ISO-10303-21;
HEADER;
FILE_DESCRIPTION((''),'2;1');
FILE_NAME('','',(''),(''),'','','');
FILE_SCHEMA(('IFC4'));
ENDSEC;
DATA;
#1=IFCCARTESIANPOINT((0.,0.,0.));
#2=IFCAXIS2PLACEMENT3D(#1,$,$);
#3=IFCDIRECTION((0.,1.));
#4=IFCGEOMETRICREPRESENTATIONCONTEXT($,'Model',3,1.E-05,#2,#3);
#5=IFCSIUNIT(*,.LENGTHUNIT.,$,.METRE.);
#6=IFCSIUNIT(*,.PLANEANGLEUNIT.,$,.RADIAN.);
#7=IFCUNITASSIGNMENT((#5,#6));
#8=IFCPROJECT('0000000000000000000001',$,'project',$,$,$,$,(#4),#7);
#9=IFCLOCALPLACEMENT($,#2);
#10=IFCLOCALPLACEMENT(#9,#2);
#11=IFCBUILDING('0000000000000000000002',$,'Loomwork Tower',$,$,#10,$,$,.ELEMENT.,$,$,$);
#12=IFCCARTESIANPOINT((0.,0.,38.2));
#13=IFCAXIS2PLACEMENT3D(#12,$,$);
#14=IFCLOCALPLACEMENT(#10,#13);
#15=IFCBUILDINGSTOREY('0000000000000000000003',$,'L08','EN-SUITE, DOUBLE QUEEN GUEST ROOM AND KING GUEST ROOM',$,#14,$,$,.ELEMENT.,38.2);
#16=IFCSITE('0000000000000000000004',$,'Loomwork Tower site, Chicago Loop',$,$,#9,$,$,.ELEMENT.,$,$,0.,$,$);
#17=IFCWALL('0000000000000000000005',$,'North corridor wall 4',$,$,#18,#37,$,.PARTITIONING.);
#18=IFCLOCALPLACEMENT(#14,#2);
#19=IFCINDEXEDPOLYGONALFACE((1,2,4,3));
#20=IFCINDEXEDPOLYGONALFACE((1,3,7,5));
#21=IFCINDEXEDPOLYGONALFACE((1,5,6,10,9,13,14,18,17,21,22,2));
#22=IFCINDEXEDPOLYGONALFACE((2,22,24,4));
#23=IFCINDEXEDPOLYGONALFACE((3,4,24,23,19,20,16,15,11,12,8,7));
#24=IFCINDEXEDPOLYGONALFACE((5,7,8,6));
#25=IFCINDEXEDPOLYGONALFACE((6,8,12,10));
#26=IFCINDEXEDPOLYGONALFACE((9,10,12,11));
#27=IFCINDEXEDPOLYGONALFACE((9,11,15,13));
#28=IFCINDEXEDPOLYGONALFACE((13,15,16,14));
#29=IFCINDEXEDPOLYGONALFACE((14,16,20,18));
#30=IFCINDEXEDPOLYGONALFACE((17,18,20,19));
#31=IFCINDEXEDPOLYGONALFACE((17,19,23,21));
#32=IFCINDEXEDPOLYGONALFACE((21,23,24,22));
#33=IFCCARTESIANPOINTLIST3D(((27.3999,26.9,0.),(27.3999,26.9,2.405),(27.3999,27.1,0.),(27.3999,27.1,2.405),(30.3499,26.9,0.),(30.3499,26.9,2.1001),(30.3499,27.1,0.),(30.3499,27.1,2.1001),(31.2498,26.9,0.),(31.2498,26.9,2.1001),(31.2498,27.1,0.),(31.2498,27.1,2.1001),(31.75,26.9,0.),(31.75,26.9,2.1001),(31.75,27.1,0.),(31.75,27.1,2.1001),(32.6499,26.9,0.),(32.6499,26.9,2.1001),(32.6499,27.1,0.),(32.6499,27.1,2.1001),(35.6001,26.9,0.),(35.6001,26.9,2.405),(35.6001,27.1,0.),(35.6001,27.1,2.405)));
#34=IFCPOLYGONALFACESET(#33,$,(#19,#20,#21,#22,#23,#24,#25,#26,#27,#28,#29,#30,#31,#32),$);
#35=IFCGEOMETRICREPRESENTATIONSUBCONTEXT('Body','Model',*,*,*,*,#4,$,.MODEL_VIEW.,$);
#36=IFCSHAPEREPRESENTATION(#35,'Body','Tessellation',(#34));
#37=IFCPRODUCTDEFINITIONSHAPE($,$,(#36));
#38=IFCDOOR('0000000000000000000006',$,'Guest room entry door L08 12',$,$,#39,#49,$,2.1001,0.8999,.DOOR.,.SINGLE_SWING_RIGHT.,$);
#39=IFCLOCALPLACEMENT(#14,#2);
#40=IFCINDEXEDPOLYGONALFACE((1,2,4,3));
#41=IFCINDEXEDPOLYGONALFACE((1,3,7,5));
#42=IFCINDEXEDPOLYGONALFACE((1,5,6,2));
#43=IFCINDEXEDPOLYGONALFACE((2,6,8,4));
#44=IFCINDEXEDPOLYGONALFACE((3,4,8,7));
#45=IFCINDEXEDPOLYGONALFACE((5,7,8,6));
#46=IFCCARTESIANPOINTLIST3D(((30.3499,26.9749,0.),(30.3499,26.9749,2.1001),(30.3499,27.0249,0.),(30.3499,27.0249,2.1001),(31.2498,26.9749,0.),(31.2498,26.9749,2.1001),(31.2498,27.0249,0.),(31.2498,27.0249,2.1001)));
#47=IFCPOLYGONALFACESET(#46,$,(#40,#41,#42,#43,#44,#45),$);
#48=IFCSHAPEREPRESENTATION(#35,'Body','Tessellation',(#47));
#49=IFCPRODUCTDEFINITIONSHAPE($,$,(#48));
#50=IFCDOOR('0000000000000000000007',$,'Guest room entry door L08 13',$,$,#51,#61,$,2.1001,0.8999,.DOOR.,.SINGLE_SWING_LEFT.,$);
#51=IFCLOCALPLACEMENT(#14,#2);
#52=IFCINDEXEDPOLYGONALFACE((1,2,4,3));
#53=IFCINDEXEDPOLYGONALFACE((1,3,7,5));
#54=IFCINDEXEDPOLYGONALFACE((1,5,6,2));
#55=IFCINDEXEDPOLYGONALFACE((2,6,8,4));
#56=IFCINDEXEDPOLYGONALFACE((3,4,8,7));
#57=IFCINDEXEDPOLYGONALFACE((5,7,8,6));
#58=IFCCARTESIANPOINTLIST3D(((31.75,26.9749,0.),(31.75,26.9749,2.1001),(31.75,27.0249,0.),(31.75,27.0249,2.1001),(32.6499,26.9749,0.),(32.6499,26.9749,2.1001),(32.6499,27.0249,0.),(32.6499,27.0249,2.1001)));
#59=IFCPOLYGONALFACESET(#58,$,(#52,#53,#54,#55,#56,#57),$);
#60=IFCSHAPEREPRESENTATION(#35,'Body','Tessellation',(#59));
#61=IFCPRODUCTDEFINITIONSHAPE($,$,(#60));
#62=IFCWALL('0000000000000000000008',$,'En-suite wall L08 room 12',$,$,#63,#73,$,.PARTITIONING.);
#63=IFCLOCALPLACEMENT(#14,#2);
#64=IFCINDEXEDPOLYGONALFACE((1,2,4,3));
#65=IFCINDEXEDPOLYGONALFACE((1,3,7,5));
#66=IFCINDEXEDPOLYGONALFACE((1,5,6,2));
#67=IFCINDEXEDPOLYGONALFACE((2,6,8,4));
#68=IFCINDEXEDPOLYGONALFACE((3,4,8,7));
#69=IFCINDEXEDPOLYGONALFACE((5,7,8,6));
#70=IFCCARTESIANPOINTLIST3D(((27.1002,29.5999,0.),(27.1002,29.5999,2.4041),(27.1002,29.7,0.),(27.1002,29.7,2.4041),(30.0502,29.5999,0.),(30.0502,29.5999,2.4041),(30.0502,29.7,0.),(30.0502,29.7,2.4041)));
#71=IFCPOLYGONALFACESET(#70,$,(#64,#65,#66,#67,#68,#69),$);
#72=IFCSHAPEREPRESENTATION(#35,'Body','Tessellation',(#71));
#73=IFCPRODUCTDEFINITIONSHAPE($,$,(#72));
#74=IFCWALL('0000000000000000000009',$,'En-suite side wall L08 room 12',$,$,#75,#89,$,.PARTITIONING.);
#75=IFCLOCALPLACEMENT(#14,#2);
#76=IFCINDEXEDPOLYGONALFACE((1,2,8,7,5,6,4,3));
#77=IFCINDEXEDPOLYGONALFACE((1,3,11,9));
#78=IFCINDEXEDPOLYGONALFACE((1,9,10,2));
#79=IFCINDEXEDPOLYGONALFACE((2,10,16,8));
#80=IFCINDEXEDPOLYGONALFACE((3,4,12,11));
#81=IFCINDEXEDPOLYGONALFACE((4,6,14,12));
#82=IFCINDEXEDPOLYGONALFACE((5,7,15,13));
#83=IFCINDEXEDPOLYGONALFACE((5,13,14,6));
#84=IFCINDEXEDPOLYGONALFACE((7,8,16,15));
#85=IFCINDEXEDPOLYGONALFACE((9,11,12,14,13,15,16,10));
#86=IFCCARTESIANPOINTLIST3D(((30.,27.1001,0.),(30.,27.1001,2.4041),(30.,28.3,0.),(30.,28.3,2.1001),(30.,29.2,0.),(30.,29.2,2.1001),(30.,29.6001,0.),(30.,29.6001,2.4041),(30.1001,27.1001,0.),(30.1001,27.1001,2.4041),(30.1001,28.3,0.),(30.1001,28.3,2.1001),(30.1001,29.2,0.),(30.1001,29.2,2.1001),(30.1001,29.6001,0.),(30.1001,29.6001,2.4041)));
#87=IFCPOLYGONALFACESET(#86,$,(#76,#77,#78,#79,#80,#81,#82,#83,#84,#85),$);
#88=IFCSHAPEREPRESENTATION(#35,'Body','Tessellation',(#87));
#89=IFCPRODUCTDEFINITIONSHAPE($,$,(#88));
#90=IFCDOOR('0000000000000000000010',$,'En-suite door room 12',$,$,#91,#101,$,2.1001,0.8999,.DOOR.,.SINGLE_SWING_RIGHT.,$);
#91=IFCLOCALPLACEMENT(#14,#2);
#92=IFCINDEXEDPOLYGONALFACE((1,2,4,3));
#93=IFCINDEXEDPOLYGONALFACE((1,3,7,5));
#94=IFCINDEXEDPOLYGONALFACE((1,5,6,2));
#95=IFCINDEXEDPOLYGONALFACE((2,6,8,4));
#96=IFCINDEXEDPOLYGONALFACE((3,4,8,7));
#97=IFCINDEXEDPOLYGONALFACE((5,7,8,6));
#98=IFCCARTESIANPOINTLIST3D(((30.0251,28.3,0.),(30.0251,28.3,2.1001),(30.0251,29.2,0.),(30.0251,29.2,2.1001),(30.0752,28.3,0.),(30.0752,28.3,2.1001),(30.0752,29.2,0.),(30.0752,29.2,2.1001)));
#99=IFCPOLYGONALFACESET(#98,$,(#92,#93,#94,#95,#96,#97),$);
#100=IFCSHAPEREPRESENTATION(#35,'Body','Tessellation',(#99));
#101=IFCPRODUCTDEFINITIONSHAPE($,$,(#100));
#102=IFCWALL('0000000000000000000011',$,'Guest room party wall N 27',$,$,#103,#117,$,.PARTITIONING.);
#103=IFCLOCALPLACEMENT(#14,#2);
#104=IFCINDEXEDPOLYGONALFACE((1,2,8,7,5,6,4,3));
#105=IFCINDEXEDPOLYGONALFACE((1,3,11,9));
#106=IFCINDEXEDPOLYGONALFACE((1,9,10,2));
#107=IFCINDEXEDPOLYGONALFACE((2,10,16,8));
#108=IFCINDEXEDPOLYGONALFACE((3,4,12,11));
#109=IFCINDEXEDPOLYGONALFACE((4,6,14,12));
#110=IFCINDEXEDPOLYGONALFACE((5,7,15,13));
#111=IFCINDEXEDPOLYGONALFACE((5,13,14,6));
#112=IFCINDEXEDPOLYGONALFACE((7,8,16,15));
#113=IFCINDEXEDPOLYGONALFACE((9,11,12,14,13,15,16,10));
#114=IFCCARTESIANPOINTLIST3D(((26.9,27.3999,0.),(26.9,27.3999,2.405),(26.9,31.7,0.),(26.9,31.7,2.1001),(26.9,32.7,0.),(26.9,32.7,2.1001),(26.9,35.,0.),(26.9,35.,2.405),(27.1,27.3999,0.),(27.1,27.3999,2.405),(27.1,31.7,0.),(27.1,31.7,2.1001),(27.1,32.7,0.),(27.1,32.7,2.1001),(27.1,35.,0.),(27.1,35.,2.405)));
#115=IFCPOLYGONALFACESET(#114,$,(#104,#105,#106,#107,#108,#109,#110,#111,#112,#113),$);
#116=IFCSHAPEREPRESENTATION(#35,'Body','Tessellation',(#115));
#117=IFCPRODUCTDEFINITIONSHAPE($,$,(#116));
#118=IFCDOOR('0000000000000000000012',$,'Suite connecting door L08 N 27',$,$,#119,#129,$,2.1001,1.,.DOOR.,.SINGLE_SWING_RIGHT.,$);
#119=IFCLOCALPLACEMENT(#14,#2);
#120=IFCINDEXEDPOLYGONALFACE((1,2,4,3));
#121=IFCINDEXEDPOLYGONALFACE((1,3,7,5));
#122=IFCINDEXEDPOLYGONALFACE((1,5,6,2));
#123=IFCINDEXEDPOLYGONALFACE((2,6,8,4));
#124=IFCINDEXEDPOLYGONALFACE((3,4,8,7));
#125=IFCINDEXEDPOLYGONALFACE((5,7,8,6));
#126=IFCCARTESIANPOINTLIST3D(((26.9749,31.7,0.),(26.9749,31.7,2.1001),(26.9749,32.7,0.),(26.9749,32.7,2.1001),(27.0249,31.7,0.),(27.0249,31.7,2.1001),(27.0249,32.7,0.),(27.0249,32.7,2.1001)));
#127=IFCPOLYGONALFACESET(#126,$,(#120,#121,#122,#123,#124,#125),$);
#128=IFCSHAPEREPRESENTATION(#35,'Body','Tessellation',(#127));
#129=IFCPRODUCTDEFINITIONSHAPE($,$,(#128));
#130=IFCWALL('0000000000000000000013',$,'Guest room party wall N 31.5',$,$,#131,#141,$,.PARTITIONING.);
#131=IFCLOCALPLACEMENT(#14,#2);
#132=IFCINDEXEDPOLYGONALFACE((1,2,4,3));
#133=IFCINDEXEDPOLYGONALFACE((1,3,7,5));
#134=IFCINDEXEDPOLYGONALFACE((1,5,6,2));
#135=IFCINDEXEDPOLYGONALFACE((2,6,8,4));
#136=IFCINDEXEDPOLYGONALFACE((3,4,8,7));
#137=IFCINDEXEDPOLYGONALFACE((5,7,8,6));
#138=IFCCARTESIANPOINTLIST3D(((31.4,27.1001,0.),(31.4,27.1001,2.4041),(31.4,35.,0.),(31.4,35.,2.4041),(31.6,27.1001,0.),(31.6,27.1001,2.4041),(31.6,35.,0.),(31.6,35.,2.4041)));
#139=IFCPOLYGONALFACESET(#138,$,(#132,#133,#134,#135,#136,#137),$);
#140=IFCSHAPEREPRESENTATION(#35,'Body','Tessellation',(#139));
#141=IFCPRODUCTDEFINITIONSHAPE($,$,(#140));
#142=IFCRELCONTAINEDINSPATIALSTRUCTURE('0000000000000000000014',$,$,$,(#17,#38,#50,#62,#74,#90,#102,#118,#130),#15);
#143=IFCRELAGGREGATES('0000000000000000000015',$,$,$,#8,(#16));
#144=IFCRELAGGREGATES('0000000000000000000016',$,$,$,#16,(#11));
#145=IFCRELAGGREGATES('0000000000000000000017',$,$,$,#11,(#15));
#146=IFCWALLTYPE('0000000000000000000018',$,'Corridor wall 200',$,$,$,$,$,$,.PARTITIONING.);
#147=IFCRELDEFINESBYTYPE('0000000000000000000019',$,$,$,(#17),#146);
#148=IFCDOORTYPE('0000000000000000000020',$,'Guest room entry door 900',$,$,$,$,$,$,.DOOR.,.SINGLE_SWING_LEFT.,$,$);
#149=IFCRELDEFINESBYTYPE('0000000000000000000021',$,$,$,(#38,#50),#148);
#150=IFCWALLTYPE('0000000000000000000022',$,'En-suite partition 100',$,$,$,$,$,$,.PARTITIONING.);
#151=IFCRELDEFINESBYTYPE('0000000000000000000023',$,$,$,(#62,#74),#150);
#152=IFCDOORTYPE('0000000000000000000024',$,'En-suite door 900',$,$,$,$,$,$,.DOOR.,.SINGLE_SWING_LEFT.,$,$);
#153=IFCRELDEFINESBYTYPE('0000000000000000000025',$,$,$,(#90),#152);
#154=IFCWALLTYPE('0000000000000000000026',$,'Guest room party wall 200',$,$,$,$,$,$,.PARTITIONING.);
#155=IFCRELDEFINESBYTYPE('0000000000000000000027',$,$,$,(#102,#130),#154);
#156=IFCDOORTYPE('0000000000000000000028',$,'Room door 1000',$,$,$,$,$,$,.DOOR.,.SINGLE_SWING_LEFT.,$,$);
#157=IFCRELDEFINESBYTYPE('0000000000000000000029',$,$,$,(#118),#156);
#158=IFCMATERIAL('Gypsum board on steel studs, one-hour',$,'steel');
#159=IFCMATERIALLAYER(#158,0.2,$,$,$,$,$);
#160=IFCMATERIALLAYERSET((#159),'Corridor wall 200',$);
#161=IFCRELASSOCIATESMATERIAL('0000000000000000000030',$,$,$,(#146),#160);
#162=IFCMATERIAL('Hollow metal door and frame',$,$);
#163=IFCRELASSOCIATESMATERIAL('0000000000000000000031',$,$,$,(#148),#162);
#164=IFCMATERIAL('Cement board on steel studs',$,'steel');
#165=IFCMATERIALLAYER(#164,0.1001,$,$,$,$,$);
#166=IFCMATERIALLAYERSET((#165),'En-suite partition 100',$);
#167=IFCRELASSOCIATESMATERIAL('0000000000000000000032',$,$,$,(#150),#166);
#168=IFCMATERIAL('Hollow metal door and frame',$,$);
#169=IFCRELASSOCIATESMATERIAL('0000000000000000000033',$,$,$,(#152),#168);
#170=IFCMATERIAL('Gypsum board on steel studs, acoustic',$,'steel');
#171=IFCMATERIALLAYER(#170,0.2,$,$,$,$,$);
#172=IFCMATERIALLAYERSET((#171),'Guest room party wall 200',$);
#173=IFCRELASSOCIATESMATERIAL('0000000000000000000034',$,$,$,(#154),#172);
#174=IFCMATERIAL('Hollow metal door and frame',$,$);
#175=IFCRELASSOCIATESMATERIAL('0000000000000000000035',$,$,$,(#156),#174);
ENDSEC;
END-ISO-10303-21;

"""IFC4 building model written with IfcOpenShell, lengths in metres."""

from ifc_helpers import new_model, si_unit, direction, frame, frame_2d, origin, place, context, subcontext, project, spatial, rectangle, extrude, material, layer, layer_set, type_object, element, fill, save


model = new_model("IFC4")

# Units and contexts
model_context = context("Model", 3, precision=1e-05, world=origin(), true_north=direction((0.0, 1.0)))
body_context = subcontext(model_context, "Body", "Model", "MODEL_VIEW")
ifc_project = project(units=[si_unit("LENGTHUNIT", "METRE"), si_unit("PLANEANGLEUNIT", "RADIAN")], contexts=[model_context])

# Site, building, storey
site_placement = place(None, origin())
site = spatial("IfcSite", under=ifc_project, at=site_placement, Name="Loomwork Tower site, Chicago Loop", CompositionType="ELEMENT", RefElevation=0.0)
building_placement = place(site_placement, origin())
building = spatial("IfcBuilding", under=site, at=building_placement, Name="Loomwork Tower", CompositionType="ELEMENT")
storey_placement = place(building_placement, frame((0.0, 0.0, 38.2)))
storey = spatial("IfcBuildingStorey", under=building, at=storey_placement, Name="L08", Description="EN-SUITE, DOUBLE QUEEN GUEST ROOM AND KING GUEST ROOM", CompositionType="ELEMENT", Elevation=38.2)

# Wall, openings, doors
ifc_material_1 = material(Name="Gypsum board on steel studs, one-hour", Category="steel")
ifc_layer_1 = layer(ifc_material_1, 0.2)
ifc_layer_set_1 = layer_set([ifc_layer_1], Name="Corridor wall 200")
wall_type_1 = type_object("IfcWallType", Name="Corridor wall 200", PredefinedType="PARTITIONING", material=ifc_layer_set_1)
wall_1_placement = place(storey_placement, frame((27.3999, 27.0, 0.0), z_axis=(0.0, 0.0, 1.0), x_axis=(1.0, 0.0, 0.0)))
wall_1 = element("IfcWall", 1, at=wall_1_placement, inside=storey, type_object=wall_type_1, Name="North corridor wall 4", PredefinedType="PARTITIONING", context=body_context, shape_type="SweptSolid", body=[
    extrude(rectangle(XDim=8.2002, YDim=0.2, at=frame_2d((4.1001, 0.0))), origin(), (0.0, 0.0, 1.0), 2.405),
])
opening_1_placement = place(wall_1_placement, frame((2.95, 0.0, 0.0)))
opening_1 = element("IfcOpeningElement", 2, at=opening_1_placement, cuts=wall_1, PredefinedType="OPENING", context=body_context, shape_type="SweptSolid", body=[
    extrude(rectangle(XDim=0.8999, YDim=2.1001, at=frame_2d((0.45, 1.05))), frame((0.0, 0.1099, 0.0), z_axis=(0.0, -1.0, 0.0), x_axis=(1.0, 0.0, 0.0)), (0.0, 0.0, 1.0), 0.22),
])
opening_2_placement = place(wall_1_placement, frame((4.3501, 0.0, 0.0)))
opening_2 = element("IfcOpeningElement", 3, at=opening_2_placement, cuts=wall_1, PredefinedType="OPENING", context=body_context, shape_type="SweptSolid", body=[
    extrude(rectangle(XDim=0.8999, YDim=2.1001, at=frame_2d((0.45, 1.05))), frame((0.0, 0.1099, 0.0), z_axis=(0.0, -1.0, 0.0), x_axis=(1.0, 0.0, 0.0)), (0.0, 0.0, 1.0), 0.22),
])
ifc_material_2 = material(Name="Hollow metal door and frame")
door_type_1 = type_object("IfcDoorType", Name="Guest room entry door 900", OperationType="SINGLE_SWING_LEFT", PredefinedType="DOOR", material=ifc_material_2)
door_1_placement = place(opening_1_placement, origin())
door_1 = element("IfcDoor", 4, at=door_1_placement, inside=storey, type_object=door_type_1, Name="Guest room entry door L08 12", OperationType="SINGLE_SWING_RIGHT", OverallHeight=2.1001, OverallWidth=0.8999, PredefinedType="DOOR", context=body_context, shape_type="SweptSolid", body=[
    extrude(rectangle(XDim=0.8999, YDim=2.1001, at=frame_2d((0.45, 1.05))), frame((0.0, 0.0249, 0.0), z_axis=(0.0, -1.0, 0.0), x_axis=(1.0, 0.0, 0.0)), (0.0, 0.0, 1.0), 0.05),
])
fill(opening_1, door_1)
door_2_placement = place(opening_2_placement, origin())
door_2 = element("IfcDoor", 5, at=door_2_placement, inside=storey, type_object=door_type_1, Name="Guest room entry door L08 13", OperationType="SINGLE_SWING_LEFT", OverallHeight=2.1001, OverallWidth=0.8999, PredefinedType="DOOR", context=body_context, shape_type="SweptSolid", body=[
    extrude(rectangle(XDim=0.8999, YDim=2.1001, at=frame_2d((0.45, 1.05))), frame((0.0, 0.0249, 0.0), z_axis=(0.0, -1.0, 0.0), x_axis=(1.0, 0.0, 0.0)), (0.0, 0.0, 1.0), 0.05),
])
fill(opening_2, door_2)

# Wall
ifc_material_3 = material(Name="Cement board on steel studs", Category="steel")
ifc_layer_2 = layer(ifc_material_3, 0.1001)
ifc_layer_set_2 = layer_set([ifc_layer_2], Name="En-suite partition 100")
wall_type_2 = type_object("IfcWallType", Name="En-suite partition 100", PredefinedType="PARTITIONING", material=ifc_layer_set_2)
wall_2_placement = place(storey_placement, frame((27.1001, 29.6499, 0.0), z_axis=(0.0, 0.0, 1.0), x_axis=(1.0, 0.0, 0.0)))
element("IfcWall", 6, at=wall_2_placement, inside=storey, type_object=wall_type_2, Name="En-suite wall L08 room 12", PredefinedType="PARTITIONING", context=body_context, shape_type="SweptSolid", body=[
    extrude(rectangle(XDim=2.95, YDim=0.1001, at=frame_2d((1.4751, 0.0))), origin(), (0.0, 0.0, 1.0), 2.4041),
])

# Walls, openings, doors
wall_3_placement = place(storey_placement, frame((30.05, 27.1001, 0.0), z_axis=(0.0, 0.0, 1.0), x_axis=(0.0, 1.0, 0.0)))
wall_3 = element("IfcWall", 7, at=wall_3_placement, inside=storey, type_object=wall_type_2, Name="En-suite side wall L08 room 12", PredefinedType="PARTITIONING", context=body_context, shape_type="SweptSolid", body=[
    extrude(rectangle(XDim=2.5, YDim=0.1001, at=frame_2d((1.25, 0.0))), origin(), (0.0, 0.0, 1.0), 2.4041),
])
opening_3_placement = place(wall_3_placement, frame((1.2, 0.0, 0.0)))
opening_3 = element("IfcOpeningElement", 8, at=opening_3_placement, cuts=wall_3, PredefinedType="OPENING", context=body_context, shape_type="SweptSolid", body=[
    extrude(rectangle(XDim=0.8999, YDim=2.1001, at=frame_2d((0.45, 1.05))), frame((0.0, 0.0601, 0.0), z_axis=(0.0, -1.0, 0.0), x_axis=(1.0, 0.0, 0.0)), (0.0, 0.0, 1.0), 0.1201),
])
ifc_material_4 = material(Name="Hollow metal door and frame")
door_type_2 = type_object("IfcDoorType", Name="En-suite door 900", OperationType="SINGLE_SWING_LEFT", PredefinedType="DOOR", material=ifc_material_4)
door_3_placement = place(opening_3_placement, origin())
door_3 = element("IfcDoor", 9, at=door_3_placement, inside=storey, type_object=door_type_2, Name="En-suite door room 12", OperationType="SINGLE_SWING_RIGHT", OverallHeight=2.1001, OverallWidth=0.8999, PredefinedType="DOOR", context=body_context, shape_type="SweptSolid", body=[
    extrude(rectangle(XDim=0.8999, YDim=2.1001, at=frame_2d((0.45, 1.05))), frame((0.0, 0.0249, 0.0), z_axis=(0.0, -1.0, 0.0), x_axis=(1.0, 0.0, 0.0)), (0.0, 0.0, 1.0), 0.05),
])
fill(opening_3, door_3)
ifc_material_5 = material(Name="Gypsum board on steel studs, acoustic", Category="steel")
ifc_layer_3 = layer(ifc_material_5, 0.2)
ifc_layer_set_3 = layer_set([ifc_layer_3], Name="Guest room party wall 200")
wall_type_3 = type_object("IfcWallType", Name="Guest room party wall 200", PredefinedType="PARTITIONING", material=ifc_layer_set_3)
wall_4_placement = place(storey_placement, frame((27.0, 27.3999, 0.0), z_axis=(0.0, 0.0, 1.0), x_axis=(0.0, 1.0, 0.0)))
wall_4 = element("IfcWall", 10, at=wall_4_placement, inside=storey, type_object=wall_type_3, Name="Guest room party wall N 27", PredefinedType="PARTITIONING", context=body_context, shape_type="SweptSolid", body=[
    extrude(rectangle(XDim=7.6001, YDim=0.2, at=frame_2d((3.8, 0.0))), origin(), (0.0, 0.0, 1.0), 2.405),
])
opening_4_placement = place(wall_4_placement, frame((4.3, 0.0, 0.0)))
opening_4 = element("IfcOpeningElement", 11, at=opening_4_placement, cuts=wall_4, PredefinedType="OPENING", context=body_context, shape_type="SweptSolid", body=[
    extrude(rectangle(XDim=1.0, YDim=2.1001, at=frame_2d((0.5, 1.05))), frame((0.0, 0.1099, 0.0), z_axis=(0.0, -1.0, 0.0), x_axis=(1.0, 0.0, 0.0)), (0.0, 0.0, 1.0), 0.22),
])
ifc_material_6 = material(Name="Hollow metal door and frame")
door_type_3 = type_object("IfcDoorType", Name="Room door 1000", OperationType="SINGLE_SWING_LEFT", PredefinedType="DOOR", material=ifc_material_6)
door_4_placement = place(opening_4_placement, frame((1.0, 0.0, 0.0), z_axis=(0.0, 0.0, 1.0), x_axis=(-1.0, 0.0, 0.0)))
door_4 = element("IfcDoor", 12, at=door_4_placement, inside=storey, type_object=door_type_3, Name="Suite connecting door L08 N 27", OperationType="SINGLE_SWING_RIGHT", OverallHeight=2.1001, OverallWidth=1.0, PredefinedType="DOOR", context=body_context, shape_type="SweptSolid", body=[
    extrude(rectangle(XDim=1.0, YDim=2.1001, at=frame_2d((0.5, 1.05))), frame((0.0, 0.0249, 0.0), z_axis=(0.0, -1.0, 0.0), x_axis=(1.0, 0.0, 0.0)), (0.0, 0.0, 1.0), 0.05),
])
fill(opening_4, door_4)

# Wall
wall_5_placement = place(storey_placement, frame((31.5, 27.1001, 0.0), z_axis=(0.0, 0.0, 1.0), x_axis=(0.0, 1.0, 0.0)))
element("IfcWall", 13, at=wall_5_placement, inside=storey, type_object=wall_type_3, Name="Guest room party wall N 31.5", PredefinedType="PARTITIONING", context=body_context, shape_type="SweptSolid", body=[
    extrude(rectangle(XDim=7.8999, YDim=0.2, at=frame_2d((3.95, 0.0))), origin(), (0.0, 0.0, 1.0), 2.4041),
])

save(model, "model.ifc")
